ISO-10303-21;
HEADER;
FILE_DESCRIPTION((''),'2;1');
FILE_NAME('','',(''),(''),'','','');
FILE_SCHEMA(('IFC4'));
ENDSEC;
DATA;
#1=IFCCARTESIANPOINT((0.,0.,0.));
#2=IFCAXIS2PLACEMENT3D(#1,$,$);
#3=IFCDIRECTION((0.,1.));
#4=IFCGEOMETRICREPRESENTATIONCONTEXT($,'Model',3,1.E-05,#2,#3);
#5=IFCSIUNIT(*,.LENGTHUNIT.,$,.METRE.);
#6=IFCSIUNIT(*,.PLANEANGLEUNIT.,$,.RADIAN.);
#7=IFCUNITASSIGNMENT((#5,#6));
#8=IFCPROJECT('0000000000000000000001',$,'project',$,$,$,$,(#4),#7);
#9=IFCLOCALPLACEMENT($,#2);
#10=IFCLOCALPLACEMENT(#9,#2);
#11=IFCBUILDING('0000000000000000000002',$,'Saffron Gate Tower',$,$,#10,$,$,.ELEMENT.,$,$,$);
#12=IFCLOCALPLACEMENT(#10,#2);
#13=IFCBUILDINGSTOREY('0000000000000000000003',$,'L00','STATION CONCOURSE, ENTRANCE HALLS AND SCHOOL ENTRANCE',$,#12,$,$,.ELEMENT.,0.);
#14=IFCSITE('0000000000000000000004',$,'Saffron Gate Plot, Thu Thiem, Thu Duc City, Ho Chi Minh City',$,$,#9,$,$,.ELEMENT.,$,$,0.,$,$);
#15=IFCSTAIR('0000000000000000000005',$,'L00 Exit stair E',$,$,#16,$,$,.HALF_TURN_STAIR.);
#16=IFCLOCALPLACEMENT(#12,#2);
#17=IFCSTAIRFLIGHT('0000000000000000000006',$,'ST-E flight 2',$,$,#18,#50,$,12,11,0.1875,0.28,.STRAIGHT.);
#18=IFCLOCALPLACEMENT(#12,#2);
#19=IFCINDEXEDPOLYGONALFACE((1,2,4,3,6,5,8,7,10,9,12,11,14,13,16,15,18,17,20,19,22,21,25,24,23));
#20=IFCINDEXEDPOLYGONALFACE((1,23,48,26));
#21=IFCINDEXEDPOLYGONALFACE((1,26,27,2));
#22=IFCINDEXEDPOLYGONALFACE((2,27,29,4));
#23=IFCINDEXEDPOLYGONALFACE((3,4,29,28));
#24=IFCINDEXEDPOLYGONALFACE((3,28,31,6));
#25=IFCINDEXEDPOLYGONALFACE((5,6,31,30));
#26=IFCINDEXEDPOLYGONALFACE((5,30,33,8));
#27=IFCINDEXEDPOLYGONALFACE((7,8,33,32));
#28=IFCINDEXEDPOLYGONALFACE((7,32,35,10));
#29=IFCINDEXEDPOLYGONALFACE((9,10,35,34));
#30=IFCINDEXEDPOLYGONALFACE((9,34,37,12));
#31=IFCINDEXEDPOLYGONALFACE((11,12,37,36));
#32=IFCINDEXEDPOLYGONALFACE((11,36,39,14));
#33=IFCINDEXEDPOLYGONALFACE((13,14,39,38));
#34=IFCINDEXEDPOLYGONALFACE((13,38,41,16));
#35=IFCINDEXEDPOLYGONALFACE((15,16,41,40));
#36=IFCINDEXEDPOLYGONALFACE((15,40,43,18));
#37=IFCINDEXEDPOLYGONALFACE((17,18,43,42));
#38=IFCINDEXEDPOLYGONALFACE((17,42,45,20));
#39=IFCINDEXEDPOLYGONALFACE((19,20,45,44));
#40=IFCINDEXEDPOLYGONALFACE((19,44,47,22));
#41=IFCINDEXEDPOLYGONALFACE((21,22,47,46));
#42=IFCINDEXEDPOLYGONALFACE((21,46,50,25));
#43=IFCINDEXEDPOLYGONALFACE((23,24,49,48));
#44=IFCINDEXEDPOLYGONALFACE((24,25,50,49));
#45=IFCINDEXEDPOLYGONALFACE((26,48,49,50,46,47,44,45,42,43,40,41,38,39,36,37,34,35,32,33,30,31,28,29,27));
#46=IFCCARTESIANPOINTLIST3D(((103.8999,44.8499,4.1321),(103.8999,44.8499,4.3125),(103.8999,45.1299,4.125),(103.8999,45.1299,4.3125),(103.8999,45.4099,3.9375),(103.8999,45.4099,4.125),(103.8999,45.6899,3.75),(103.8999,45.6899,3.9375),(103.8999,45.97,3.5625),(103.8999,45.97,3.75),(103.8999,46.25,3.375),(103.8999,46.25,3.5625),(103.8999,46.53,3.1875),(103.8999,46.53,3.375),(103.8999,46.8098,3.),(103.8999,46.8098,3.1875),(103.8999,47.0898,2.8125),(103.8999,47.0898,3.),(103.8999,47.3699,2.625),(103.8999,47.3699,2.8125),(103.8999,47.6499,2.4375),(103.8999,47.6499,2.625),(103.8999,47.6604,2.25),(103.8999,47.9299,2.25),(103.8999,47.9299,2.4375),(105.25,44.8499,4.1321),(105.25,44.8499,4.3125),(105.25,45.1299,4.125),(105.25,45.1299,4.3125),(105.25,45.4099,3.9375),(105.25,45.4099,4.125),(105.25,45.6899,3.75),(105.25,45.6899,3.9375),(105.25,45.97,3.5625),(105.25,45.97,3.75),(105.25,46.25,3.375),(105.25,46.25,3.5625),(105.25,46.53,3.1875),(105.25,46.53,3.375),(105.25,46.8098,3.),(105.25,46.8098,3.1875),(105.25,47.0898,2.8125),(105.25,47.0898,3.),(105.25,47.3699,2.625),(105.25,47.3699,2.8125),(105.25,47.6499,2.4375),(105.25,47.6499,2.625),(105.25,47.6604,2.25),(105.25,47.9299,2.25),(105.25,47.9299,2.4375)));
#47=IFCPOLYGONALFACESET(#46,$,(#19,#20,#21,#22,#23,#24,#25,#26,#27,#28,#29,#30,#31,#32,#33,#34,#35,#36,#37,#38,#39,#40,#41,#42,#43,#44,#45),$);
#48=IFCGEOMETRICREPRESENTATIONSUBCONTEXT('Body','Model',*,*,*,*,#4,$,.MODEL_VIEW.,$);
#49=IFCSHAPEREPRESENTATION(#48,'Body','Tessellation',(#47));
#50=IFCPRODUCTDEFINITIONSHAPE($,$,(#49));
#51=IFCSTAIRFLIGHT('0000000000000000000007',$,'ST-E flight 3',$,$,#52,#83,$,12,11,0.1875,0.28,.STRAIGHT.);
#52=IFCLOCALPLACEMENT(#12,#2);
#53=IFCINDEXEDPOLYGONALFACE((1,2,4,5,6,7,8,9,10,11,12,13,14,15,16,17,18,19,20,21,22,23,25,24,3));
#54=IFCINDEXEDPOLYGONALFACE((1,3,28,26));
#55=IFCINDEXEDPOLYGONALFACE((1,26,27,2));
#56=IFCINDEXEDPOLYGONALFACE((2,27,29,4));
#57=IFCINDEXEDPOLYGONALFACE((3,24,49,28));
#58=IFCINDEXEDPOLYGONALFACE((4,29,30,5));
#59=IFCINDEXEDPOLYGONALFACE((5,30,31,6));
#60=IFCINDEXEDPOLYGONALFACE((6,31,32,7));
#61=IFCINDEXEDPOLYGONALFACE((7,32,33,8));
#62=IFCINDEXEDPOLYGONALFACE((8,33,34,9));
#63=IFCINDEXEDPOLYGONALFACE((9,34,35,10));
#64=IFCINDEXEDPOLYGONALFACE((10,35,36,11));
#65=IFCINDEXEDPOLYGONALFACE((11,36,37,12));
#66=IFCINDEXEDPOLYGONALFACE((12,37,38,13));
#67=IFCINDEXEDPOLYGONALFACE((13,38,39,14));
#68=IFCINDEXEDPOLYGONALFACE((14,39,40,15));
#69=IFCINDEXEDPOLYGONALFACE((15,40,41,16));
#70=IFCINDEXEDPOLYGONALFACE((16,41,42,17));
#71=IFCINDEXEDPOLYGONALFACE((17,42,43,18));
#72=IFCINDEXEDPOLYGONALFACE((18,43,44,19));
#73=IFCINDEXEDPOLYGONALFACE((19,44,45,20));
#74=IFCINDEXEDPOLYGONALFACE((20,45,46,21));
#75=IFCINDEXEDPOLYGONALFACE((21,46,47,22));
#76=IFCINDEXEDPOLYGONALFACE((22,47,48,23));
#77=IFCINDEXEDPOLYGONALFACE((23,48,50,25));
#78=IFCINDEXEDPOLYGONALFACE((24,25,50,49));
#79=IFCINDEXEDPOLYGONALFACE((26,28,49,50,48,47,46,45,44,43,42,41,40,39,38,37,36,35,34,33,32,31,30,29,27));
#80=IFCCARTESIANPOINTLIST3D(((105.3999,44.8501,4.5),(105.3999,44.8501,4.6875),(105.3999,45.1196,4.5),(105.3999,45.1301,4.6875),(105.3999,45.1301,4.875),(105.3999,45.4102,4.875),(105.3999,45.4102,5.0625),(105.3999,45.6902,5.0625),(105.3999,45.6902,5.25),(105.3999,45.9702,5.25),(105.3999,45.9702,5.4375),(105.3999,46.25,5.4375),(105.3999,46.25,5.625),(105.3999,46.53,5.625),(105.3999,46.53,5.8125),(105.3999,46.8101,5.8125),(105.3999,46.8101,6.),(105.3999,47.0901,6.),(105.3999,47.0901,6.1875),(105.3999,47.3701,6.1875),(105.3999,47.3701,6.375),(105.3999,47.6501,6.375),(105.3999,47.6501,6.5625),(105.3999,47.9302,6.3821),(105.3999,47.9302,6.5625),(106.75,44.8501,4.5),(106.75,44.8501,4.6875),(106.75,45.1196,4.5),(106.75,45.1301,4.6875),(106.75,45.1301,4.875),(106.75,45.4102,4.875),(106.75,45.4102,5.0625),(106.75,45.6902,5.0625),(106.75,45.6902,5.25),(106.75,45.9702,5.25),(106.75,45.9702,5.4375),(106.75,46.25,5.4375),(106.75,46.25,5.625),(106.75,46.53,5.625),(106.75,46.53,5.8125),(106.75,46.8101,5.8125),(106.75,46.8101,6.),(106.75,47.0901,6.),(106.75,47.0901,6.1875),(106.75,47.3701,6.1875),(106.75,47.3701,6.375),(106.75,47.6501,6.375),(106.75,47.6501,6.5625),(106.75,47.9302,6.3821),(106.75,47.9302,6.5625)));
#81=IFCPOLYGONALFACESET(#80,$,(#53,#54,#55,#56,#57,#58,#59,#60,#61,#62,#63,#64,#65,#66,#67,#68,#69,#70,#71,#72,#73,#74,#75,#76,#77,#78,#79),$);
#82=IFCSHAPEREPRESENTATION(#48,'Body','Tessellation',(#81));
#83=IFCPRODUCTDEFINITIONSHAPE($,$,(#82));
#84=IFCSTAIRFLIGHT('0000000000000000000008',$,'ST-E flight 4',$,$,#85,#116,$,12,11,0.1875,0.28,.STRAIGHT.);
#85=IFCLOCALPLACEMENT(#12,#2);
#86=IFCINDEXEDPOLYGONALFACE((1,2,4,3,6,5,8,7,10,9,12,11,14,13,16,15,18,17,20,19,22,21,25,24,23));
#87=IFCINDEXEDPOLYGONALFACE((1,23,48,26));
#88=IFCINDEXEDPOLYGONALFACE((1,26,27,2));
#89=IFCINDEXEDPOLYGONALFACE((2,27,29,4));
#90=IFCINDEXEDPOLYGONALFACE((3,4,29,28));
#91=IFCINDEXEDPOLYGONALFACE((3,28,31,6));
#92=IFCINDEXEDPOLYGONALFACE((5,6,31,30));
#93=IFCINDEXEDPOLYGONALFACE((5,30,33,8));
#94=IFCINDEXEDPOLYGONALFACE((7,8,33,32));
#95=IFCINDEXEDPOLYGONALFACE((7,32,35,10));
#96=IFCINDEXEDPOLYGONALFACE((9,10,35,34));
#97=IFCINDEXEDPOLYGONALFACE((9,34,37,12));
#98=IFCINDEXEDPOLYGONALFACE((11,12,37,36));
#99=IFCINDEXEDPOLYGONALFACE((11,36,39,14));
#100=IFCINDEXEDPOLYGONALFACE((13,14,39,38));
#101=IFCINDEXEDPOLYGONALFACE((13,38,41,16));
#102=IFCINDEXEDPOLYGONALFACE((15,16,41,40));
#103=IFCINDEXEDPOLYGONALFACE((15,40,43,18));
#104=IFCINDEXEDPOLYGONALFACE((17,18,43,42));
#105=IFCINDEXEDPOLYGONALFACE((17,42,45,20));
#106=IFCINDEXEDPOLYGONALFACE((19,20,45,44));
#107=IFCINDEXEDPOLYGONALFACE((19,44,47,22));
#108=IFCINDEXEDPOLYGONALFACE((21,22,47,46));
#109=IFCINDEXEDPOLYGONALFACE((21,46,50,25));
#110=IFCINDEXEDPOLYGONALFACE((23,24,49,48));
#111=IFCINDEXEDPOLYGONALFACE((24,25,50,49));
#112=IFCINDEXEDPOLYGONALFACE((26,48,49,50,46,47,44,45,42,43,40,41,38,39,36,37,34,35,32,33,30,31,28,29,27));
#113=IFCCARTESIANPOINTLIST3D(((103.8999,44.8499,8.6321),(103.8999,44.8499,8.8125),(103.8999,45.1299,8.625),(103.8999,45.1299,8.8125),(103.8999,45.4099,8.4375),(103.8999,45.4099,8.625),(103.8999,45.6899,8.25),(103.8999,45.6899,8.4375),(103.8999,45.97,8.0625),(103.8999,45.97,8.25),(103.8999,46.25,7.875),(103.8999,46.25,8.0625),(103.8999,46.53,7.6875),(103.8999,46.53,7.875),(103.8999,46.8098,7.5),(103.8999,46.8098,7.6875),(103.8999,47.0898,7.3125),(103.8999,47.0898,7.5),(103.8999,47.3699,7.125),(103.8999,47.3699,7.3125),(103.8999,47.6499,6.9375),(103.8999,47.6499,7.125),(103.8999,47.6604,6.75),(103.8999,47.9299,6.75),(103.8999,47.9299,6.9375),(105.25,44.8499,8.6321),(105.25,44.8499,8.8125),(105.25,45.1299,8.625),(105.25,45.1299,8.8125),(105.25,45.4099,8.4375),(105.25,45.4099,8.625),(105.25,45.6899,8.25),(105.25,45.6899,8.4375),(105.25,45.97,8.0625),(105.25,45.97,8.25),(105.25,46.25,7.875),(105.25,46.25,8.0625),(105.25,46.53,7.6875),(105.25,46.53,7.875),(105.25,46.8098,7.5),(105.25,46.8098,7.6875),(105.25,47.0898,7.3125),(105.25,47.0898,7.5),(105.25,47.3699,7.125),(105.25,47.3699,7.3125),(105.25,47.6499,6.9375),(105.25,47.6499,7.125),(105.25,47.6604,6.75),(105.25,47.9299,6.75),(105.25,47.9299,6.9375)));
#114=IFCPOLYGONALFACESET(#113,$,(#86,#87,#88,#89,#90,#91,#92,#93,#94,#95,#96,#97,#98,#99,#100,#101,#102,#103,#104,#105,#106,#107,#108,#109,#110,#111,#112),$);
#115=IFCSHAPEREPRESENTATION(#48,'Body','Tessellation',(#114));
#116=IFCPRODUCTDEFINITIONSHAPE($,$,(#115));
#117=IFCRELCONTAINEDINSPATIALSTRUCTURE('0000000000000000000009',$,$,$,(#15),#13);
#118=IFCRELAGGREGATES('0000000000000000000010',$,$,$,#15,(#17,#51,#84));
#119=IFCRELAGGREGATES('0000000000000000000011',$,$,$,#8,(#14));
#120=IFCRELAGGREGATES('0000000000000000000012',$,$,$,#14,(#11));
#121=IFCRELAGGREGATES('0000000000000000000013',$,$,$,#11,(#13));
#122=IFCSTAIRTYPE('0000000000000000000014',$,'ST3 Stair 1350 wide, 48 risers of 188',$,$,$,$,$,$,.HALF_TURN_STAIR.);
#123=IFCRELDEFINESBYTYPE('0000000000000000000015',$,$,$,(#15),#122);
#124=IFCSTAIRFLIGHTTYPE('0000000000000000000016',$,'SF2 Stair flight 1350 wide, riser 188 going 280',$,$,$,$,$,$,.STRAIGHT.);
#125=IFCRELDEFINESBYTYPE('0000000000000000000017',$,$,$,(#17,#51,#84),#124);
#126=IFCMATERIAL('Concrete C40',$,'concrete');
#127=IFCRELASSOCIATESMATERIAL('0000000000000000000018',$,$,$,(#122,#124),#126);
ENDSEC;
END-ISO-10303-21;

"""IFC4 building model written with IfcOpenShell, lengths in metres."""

from ifc_helpers import new_model, si_unit, direction, frame, origin, place, context, subcontext, project, spatial, polyline, outline, extrude, material, type_object, element, aggregate, save


model = new_model("IFC4")

# Units and contexts
model_context = context("Model", 3, precision=1e-05, world=origin(), true_north=direction((0.0, 1.0)))
body_context = subcontext(model_context, "Body", "Model", "MODEL_VIEW")
ifc_project = project(units=[si_unit("LENGTHUNIT", "METRE"), si_unit("PLANEANGLEUNIT", "RADIAN")], contexts=[model_context])

# Site, building, storey
site_placement = place(None, origin())
site = spatial("IfcSite", under=ifc_project, at=site_placement, Name="Saffron Gate Plot, Thu Thiem, Thu Duc City, Ho Chi Minh City", CompositionType="ELEMENT", RefElevation=0.0)
building_placement = place(site_placement, origin())
building = spatial("IfcBuilding", under=site, at=building_placement, Name="Saffron Gate Tower", CompositionType="ELEMENT")
storey_placement = place(building_placement, origin())
storey = spatial("IfcBuildingStorey", under=building, at=storey_placement, Name="L00", Description="STATION CONCOURSE, ENTRANCE HALLS AND SCHOOL ENTRANCE", CompositionType="ELEMENT", Elevation=0.0)

# Stair, stair flights
ifc_material_1 = material(Name="Concrete C40", Category="concrete")
stair_type = type_object("IfcStairType", Name="ST3 Stair 1350 wide, 48 risers of 188", PredefinedType="HALF_TURN_STAIR", material=ifc_material_1)
stair_placement = place(storey_placement, origin())
stair = element("IfcStair", 1, at=stair_placement, inside=storey, type_object=stair_type, Name="L00 Exit stair E", PredefinedType="HALF_TURN_STAIR")
stair_flight_type = type_object("IfcStairFlightType", Name="SF2 Stair flight 1350 wide, riser 188 going 280", PredefinedType="STRAIGHT", material=ifc_material_1)
stair_flight_1_placement = place(storey_placement, frame((104.575, 47.9299, 2.25), z_axis=(0.0, 0.0, 1.0), x_axis=(0.0, -1.0, 0.0)))
stair_flight_1 = element("IfcStairFlight", 2, at=stair_flight_1_placement, type_object=stair_flight_type, Name="ST-E flight 2", NumberOfRisers=12, NumberOfTreads=11, PredefinedType="STRAIGHT", RiserHeight=0.1875, TreadLength=0.28, context=body_context, shape_type="SweptSolid", body=[
    extrude(outline(polyline([(0.0, 0.0), (0.0, 0.1875), (0.28, 0.1875), (0.28, 0.375), (0.5601, 0.375), (0.5601, 0.5625), (0.8401, 0.5625), (0.8401, 0.75), (1.1201, 0.75), (1.1201, 0.9375), (1.3999, 0.9375), (1.3999, 1.125), (1.6799, 1.125), (1.6799, 1.3125), (1.96, 1.3125), (1.96, 1.5), (2.24, 1.5), (2.24, 1.6875), (2.52, 1.6875), (2.52, 1.875), (2.8, 1.875), (2.8, 2.0625), (3.0801, 2.0625), (3.0801, 2.25), (3.0801, 1.8821), (0.2695, 0.0), (0.0, 0.0)])), frame((0.0, 0.675, 0.0), z_axis=(0.0, -1.0, 0.0), x_axis=(1.0, 0.0, 0.0)), (0.0, 0.0, 1.0), 1.3501),
])
stair_flight_2_placement = place(storey_placement, frame((106.075, 44.8501, 4.5), z_axis=(0.0, 0.0, 1.0), x_axis=(0.0, 1.0, 0.0)))
stair_flight_2 = element("IfcStairFlight", 3, at=stair_flight_2_placement, type_object=stair_flight_type, Name="ST-E flight 3", NumberOfRisers=12, NumberOfTreads=11, PredefinedType="STRAIGHT", RiserHeight=0.1875, TreadLength=0.28, context=body_context, shape_type="SweptSolid", body=[
    extrude(outline(polyline([(0.0, 0.0), (0.0, 0.1875), (0.28, 0.1875), (0.28, 0.375), (0.5601, 0.375), (0.5601, 0.5625), (0.8401, 0.5625), (0.8401, 0.75), (1.1201, 0.75), (1.1201, 0.9375), (1.3999, 0.9375), (1.3999, 1.125), (1.6799, 1.125), (1.6799, 1.3125), (1.96, 1.3125), (1.96, 1.5), (2.24, 1.5), (2.24, 1.6875), (2.52, 1.6875), (2.52, 1.875), (2.8, 1.875), (2.8, 2.0625), (3.0801, 2.0625), (3.0801, 2.25), (3.0801, 1.8821), (0.2695, 0.0), (0.0, 0.0)])), frame((0.0, 0.675, 0.0), z_axis=(0.0, -1.0, 0.0), x_axis=(1.0, 0.0, 0.0)), (0.0, 0.0, 1.0), 1.3501),
])
stair_flight_3_placement = place(storey_placement, frame((104.575, 47.9299, 6.75), z_axis=(0.0, 0.0, 1.0), x_axis=(0.0, -1.0, 0.0)))
stair_flight_3 = element("IfcStairFlight", 4, at=stair_flight_3_placement, type_object=stair_flight_type, Name="ST-E flight 4", NumberOfRisers=12, NumberOfTreads=11, PredefinedType="STRAIGHT", RiserHeight=0.1875, TreadLength=0.28, context=body_context, shape_type="SweptSolid", body=[
    extrude(outline(polyline([(0.0, 0.0), (0.0, 0.1875), (0.28, 0.1875), (0.28, 0.375), (0.5601, 0.375), (0.5601, 0.5625), (0.8401, 0.5625), (0.8401, 0.75), (1.1201, 0.75), (1.1201, 0.9375), (1.3999, 0.9375), (1.3999, 1.125), (1.6799, 1.125), (1.6799, 1.3125), (1.96, 1.3125), (1.96, 1.5), (2.24, 1.5), (2.24, 1.6875), (2.52, 1.6875), (2.52, 1.875), (2.8, 1.875), (2.8, 2.0625), (3.0801, 2.0625), (3.0801, 2.25), (3.0801, 1.8821), (0.2695, 0.0), (0.0, 0.0)])), frame((0.0, 0.675, 0.0), z_axis=(0.0, -1.0, 0.0), x_axis=(1.0, 0.0, 0.0)), (0.0, 0.0, 1.0), 1.3501),
])
aggregate(stair, [stair_flight_1, stair_flight_2, stair_flight_3])

save(model, "model.ifc")
